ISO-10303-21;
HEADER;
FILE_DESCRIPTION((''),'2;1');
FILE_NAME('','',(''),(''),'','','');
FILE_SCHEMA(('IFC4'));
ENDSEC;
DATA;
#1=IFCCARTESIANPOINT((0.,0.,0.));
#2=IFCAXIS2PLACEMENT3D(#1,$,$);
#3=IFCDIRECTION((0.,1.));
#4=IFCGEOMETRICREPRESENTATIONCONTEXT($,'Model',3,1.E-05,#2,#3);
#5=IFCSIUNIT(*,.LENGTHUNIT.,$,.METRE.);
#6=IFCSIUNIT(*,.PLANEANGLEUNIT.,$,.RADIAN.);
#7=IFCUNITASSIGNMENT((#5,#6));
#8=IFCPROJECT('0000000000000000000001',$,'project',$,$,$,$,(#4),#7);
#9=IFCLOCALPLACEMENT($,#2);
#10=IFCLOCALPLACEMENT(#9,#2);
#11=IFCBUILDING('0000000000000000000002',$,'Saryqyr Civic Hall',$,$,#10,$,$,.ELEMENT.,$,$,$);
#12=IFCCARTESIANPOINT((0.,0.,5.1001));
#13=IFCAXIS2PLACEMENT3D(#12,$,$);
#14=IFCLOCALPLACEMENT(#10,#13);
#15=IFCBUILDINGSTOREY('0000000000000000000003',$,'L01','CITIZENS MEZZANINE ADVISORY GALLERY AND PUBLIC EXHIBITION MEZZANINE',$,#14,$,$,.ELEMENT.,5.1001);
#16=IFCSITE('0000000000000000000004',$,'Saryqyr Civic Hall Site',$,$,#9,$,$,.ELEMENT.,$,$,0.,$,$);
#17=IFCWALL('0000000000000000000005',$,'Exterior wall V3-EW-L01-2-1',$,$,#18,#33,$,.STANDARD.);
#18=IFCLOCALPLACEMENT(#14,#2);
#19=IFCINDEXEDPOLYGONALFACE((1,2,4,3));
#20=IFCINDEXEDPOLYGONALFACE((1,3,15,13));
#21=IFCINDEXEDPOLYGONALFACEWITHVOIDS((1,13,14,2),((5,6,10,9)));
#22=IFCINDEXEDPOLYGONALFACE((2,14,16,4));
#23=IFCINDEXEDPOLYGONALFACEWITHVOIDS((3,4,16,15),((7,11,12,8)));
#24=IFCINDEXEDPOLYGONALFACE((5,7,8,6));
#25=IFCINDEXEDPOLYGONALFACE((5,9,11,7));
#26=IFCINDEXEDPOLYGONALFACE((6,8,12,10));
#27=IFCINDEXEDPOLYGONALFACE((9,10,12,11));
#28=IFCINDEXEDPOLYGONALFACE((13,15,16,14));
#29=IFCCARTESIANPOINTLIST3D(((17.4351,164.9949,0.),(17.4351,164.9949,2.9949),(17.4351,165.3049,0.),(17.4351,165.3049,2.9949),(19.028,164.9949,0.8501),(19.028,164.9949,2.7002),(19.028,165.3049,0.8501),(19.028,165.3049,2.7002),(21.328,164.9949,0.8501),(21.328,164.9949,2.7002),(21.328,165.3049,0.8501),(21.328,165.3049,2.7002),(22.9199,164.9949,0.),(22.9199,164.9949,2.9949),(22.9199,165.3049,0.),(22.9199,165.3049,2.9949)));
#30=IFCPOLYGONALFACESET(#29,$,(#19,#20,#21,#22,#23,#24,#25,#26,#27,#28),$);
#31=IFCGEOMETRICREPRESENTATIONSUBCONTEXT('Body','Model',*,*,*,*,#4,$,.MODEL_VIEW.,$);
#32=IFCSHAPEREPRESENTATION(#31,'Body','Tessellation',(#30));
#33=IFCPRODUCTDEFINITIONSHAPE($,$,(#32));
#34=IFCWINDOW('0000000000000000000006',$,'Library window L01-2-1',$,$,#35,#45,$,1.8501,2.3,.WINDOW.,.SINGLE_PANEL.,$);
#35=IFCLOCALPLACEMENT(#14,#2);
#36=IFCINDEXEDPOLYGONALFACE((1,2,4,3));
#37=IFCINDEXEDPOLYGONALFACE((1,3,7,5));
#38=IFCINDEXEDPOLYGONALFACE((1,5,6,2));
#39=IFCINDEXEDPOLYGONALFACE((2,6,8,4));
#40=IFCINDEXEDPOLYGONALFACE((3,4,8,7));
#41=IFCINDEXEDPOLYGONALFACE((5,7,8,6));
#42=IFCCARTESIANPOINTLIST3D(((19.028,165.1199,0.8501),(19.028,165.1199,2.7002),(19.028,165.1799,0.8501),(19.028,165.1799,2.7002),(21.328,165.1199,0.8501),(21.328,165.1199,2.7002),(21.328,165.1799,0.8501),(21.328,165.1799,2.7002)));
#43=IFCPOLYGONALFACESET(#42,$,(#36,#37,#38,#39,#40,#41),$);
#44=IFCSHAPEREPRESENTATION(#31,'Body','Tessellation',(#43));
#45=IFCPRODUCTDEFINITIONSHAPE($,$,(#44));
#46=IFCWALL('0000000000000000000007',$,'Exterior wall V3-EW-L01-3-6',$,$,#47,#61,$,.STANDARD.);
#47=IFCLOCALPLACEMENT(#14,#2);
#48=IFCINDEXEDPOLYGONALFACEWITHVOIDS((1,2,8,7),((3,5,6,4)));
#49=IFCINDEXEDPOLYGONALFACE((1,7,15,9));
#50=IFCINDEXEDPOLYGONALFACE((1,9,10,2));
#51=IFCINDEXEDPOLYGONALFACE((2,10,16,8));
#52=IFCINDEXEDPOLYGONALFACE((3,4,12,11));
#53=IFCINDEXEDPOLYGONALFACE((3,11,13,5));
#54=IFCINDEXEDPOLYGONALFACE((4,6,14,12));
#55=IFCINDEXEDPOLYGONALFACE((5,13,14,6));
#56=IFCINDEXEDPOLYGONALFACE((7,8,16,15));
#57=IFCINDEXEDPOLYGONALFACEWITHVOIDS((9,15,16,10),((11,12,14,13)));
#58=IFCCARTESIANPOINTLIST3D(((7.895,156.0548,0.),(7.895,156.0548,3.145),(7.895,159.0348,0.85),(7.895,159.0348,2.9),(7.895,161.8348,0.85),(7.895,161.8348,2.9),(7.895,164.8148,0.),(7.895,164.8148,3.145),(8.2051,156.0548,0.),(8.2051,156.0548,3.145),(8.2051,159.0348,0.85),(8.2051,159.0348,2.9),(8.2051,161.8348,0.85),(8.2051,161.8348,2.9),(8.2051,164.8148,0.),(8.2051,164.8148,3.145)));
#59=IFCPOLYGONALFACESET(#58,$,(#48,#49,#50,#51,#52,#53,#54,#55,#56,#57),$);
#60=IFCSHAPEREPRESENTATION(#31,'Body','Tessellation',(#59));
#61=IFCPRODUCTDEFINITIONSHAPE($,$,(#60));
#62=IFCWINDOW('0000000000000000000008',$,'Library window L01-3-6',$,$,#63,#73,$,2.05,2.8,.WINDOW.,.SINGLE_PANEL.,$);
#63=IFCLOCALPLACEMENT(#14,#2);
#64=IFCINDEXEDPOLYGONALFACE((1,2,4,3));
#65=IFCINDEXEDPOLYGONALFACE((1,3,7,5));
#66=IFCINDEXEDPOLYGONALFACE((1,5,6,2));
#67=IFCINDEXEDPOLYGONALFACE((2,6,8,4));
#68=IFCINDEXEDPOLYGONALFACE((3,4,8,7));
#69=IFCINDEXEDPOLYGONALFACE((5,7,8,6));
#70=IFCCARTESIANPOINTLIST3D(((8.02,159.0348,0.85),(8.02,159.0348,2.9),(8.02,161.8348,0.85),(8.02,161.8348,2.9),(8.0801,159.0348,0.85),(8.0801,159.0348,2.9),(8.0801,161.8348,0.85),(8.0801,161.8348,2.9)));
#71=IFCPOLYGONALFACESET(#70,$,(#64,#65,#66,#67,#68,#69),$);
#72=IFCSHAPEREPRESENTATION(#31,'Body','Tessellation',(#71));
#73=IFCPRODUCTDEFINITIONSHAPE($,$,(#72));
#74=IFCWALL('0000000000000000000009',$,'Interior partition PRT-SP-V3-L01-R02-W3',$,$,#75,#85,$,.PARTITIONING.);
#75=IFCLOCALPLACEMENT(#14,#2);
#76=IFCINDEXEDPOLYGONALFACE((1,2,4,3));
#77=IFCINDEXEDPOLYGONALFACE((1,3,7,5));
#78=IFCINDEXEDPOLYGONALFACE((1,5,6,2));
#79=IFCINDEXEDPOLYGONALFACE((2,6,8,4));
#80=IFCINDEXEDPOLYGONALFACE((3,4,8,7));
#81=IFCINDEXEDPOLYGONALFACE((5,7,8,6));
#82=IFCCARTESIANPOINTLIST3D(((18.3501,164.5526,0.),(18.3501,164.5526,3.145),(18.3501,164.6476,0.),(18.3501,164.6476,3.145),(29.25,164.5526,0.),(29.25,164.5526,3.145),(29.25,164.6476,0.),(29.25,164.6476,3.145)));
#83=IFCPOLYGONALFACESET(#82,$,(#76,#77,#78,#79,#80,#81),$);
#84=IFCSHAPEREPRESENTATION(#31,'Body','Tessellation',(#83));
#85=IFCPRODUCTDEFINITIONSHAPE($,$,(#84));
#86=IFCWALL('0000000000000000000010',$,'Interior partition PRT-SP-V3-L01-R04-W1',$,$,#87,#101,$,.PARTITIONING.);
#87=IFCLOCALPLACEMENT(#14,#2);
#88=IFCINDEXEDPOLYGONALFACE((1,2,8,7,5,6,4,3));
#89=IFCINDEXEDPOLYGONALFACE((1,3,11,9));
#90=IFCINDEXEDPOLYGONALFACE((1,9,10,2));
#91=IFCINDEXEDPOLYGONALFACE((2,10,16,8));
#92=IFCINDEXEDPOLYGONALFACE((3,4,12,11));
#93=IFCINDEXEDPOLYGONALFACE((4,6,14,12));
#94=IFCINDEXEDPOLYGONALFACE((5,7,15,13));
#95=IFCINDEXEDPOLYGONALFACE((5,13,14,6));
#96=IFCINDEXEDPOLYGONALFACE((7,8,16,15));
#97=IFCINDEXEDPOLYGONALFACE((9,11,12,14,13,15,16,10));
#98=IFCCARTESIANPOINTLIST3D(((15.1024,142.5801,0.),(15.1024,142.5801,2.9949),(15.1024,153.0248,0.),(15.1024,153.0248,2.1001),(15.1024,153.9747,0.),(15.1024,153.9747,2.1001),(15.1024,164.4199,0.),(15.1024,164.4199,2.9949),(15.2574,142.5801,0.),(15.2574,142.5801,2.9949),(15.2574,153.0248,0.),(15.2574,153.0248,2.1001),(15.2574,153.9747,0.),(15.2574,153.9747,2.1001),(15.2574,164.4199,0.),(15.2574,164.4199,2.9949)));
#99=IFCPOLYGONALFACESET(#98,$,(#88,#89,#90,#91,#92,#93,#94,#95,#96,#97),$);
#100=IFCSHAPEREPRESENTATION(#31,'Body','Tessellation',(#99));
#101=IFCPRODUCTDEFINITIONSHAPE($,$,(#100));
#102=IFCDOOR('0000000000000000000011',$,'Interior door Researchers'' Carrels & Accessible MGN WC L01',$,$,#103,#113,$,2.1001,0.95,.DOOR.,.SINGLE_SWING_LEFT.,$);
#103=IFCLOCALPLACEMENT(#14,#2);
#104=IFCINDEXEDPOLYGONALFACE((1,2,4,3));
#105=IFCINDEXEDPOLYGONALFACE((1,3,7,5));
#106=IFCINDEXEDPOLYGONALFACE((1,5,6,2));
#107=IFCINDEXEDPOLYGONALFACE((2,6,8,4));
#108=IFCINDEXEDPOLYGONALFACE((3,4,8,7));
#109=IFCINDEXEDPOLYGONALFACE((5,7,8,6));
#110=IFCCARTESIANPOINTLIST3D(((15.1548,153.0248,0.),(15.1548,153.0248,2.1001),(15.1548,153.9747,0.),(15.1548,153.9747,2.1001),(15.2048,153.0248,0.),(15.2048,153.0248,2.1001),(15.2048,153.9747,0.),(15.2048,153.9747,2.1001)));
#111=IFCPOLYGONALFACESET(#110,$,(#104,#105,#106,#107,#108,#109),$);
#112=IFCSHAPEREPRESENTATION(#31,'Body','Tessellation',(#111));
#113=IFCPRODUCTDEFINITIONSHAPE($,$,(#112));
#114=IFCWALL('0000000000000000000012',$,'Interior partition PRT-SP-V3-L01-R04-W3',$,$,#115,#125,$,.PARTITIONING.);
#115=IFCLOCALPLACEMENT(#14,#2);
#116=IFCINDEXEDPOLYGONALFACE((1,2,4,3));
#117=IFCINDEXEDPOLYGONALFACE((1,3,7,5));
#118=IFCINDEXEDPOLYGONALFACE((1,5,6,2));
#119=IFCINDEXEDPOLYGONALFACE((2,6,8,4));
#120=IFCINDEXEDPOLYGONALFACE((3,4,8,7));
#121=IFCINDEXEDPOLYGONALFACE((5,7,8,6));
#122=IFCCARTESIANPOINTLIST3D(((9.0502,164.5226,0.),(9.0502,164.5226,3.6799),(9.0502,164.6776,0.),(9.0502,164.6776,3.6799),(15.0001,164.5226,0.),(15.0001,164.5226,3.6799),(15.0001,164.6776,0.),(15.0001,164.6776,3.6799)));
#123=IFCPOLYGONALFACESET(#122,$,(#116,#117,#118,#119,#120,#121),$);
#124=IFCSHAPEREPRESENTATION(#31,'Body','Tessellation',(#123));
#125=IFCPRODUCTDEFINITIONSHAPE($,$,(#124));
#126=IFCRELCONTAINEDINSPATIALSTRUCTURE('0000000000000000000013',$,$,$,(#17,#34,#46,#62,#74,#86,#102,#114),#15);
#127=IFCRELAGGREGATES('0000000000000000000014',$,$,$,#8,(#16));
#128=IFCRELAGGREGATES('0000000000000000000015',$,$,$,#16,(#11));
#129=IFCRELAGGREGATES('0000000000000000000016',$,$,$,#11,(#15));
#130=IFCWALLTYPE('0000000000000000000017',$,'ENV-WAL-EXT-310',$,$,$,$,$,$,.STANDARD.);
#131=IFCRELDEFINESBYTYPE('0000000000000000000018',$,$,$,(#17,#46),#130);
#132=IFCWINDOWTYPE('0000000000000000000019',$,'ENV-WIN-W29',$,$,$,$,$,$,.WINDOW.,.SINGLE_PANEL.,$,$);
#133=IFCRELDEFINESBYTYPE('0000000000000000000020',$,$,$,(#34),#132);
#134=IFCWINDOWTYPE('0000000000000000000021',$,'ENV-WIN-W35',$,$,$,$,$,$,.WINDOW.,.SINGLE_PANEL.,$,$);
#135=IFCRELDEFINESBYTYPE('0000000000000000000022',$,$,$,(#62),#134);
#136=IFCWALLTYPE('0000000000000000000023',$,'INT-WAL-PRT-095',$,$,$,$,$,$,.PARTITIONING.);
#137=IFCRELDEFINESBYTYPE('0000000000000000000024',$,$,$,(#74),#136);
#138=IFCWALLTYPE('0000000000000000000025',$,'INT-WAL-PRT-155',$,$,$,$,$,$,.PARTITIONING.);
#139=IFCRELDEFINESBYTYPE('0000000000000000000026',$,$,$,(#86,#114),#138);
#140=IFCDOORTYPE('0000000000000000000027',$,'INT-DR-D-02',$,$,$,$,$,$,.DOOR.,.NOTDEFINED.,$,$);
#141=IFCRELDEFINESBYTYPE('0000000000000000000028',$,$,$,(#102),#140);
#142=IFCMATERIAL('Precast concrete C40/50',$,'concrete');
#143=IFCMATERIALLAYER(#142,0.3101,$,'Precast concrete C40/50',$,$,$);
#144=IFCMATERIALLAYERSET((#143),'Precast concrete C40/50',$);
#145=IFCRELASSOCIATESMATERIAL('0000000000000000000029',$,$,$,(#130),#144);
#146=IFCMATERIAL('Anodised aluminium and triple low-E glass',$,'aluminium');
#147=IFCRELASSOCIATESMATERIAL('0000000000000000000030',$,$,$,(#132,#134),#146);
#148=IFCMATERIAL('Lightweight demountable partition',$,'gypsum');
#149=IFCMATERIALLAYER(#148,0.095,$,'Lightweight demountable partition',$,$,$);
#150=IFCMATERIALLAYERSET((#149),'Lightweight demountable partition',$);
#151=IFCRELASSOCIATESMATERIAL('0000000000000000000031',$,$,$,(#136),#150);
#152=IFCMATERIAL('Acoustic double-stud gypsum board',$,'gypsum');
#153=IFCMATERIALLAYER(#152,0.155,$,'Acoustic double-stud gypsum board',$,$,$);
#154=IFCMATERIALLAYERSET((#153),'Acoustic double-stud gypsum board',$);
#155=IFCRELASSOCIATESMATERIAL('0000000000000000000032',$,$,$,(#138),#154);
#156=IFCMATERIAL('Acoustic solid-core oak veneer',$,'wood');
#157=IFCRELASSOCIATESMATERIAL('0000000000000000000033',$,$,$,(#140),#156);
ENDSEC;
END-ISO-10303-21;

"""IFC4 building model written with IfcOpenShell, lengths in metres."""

from ifc_helpers import new_model, si_unit, direction, frame, frame_2d, origin, place, context, subcontext, project, spatial, rectangle, extrude, material, layer, layer_set, type_object, element, fill, save


model = new_model("IFC4")

# Units and contexts
model_context = context("Model", 3, precision=1e-05, world=origin(), true_north=direction((0.0, 1.0)))
body_context = subcontext(model_context, "Body", "Model", "MODEL_VIEW")
ifc_project = project(units=[si_unit("LENGTHUNIT", "METRE"), si_unit("PLANEANGLEUNIT", "RADIAN")], contexts=[model_context])

# Site, building, storey
site_placement = place(None, origin())
site = spatial("IfcSite", under=ifc_project, at=site_placement, Name="Saryqyr Civic Hall Site", CompositionType="ELEMENT", RefElevation=0.0)
building_placement = place(site_placement, origin())
building = spatial("IfcBuilding", under=site, at=building_placement, Name="Saryqyr Civic Hall", CompositionType="ELEMENT")
storey_placement = place(building_placement, frame((0.0, 0.0, 5.1001)))
storey = spatial("IfcBuildingStorey", under=building, at=storey_placement, Name="L01", Description="CITIZENS MEZZANINE ADVISORY GALLERY AND PUBLIC EXHIBITION MEZZANINE", CompositionType="ELEMENT", Elevation=5.1001)

# Walls, openings, windows
ifc_material_1 = material(Name="Precast concrete C40/50", Category="concrete")
ifc_layer_1 = layer(ifc_material_1, 0.3101, Name="Precast concrete C40/50")
ifc_layer_set_1 = layer_set([ifc_layer_1], Name="Precast concrete C40/50")
wall_type_1 = type_object("IfcWallType", Name="ENV-WAL-EXT-310", PredefinedType="STANDARD", material=ifc_layer_set_1)
ifc_material_2 = material(Name="Anodised aluminium and triple low-E glass", Category="aluminium")
wall_1_placement = place(storey_placement, frame((17.4351, 165.1499, 0.0), z_axis=(0.0, 0.0, 1.0), x_axis=(1.0, 0.0, 0.0)))
wall_1 = element("IfcWall", 1, at=wall_1_placement, inside=storey, type_object=wall_type_1, Name="Exterior wall V3-EW-L01-2-1", PredefinedType="STANDARD", context=body_context, shape_type="SweptSolid", body=[
    extrude(rectangle(XDim=5.4849, YDim=0.3101, at=frame_2d((2.7424, 0.0))), origin(), (0.0, 0.0, 1.0), 2.9949),
])
opening_1_placement = place(wall_1_placement, frame((1.593, 0.0, 0.8501)))
opening_1 = element("IfcOpeningElement", 2, at=opening_1_placement, cuts=wall_1, PredefinedType="OPENING", context=body_context, shape_type="SweptSolid", body=[
    extrude(rectangle(XDim=2.3, YDim=1.8501, at=frame_2d((1.1499, 0.925))), frame((0.0, 0.165, 0.0), z_axis=(0.0, -1.0, 0.0), x_axis=(1.0, 0.0, 0.0)), (0.0, 0.0, 1.0), 0.3301),
])
window_type_1 = type_object("IfcWindowType", Name="ENV-WIN-W29", PartitioningType="SINGLE_PANEL", PredefinedType="WINDOW", material=ifc_material_2)
window_1_placement = place(opening_1_placement, origin())
window_1 = element("IfcWindow", 3, at=window_1_placement, inside=storey, type_object=window_type_1, Name="Library window L01-2-1", OverallHeight=1.8501, OverallWidth=2.3, PartitioningType="SINGLE_PANEL", PredefinedType="WINDOW", context=body_context, shape_type="SweptSolid", body=[
    extrude(rectangle(XDim=2.3, YDim=1.8501, at=frame_2d((1.1499, 0.925))), frame((0.0, 0.03, 0.0), z_axis=(0.0, -1.0, 0.0), x_axis=(1.0, 0.0, 0.0)), (0.0, 0.0, 1.0), 0.0601),
])
fill(opening_1, window_1)
wall_2_placement = place(storey_placement, frame((8.05, 156.0549, 0.0), z_axis=(0.0, 0.0, 1.0), x_axis=(0.0, 1.0, 0.0)))
wall_2 = element("IfcWall", 4, at=wall_2_placement, inside=storey, type_object=wall_type_1, Name="Exterior wall V3-EW-L01-3-6", PredefinedType="STANDARD", context=body_context, shape_type="SweptSolid", body=[
    extrude(rectangle(XDim=8.76, YDim=0.3101, at=frame_2d((4.3799, 0.0))), origin(), (0.0, 0.0, 1.0), 3.145),
])
opening_2_placement = place(wall_2_placement, frame((2.98, 0.0, 0.8501)))
opening_2 = element("IfcOpeningElement", 5, at=opening_2_placement, cuts=wall_2, PredefinedType="OPENING", context=body_context, shape_type="SweptSolid", body=[
    extrude(rectangle(XDim=2.8, YDim=2.05, at=frame_2d((1.3999, 1.0249))), frame((0.0, 0.165, 0.0), z_axis=(0.0, -1.0, 0.0), x_axis=(1.0, 0.0, 0.0)), (0.0, 0.0, 1.0), 0.3301),
])
window_type_2 = type_object("IfcWindowType", Name="ENV-WIN-W35", PartitioningType="SINGLE_PANEL", PredefinedType="WINDOW", material=ifc_material_2)
window_2_placement = place(opening_2_placement, origin())
window_2 = element("IfcWindow", 6, at=window_2_placement, inside=storey, type_object=window_type_2, Name="Library window L01-3-6", OverallHeight=2.05, OverallWidth=2.8, PartitioningType="SINGLE_PANEL", PredefinedType="WINDOW", context=body_context, shape_type="SweptSolid", body=[
    extrude(rectangle(XDim=2.8, YDim=2.05, at=frame_2d((1.3999, 1.0249))), frame((0.0, 0.03, 0.0), z_axis=(0.0, -1.0, 0.0), x_axis=(1.0, 0.0, 0.0)), (0.0, 0.0, 1.0), 0.0601),
])
fill(opening_2, window_2)

# Wall
ifc_material_3 = material(Name="Lightweight demountable partition", Category="gypsum")
ifc_layer_2 = layer(ifc_material_3, 0.095, Name="Lightweight demountable partition")
ifc_layer_set_2 = layer_set([ifc_layer_2], Name="Lightweight demountable partition")
wall_type_2 = type_object("IfcWallType", Name="INT-WAL-PRT-095", PredefinedType="PARTITIONING", material=ifc_layer_set_2)
wall_3_placement = place(storey_placement, frame((18.3501, 164.6001, 0.0), z_axis=(0.0, 0.0, 1.0), x_axis=(1.0, 0.0, 0.0)))
element("IfcWall", 7, at=wall_3_placement, inside=storey, type_object=wall_type_2, Name="Interior partition PRT-SP-V3-L01-R02-W3", PredefinedType="PARTITIONING", context=body_context, shape_type="SweptSolid", body=[
    extrude(rectangle(XDim=10.8999, YDim=0.095, at=frame_2d((5.45, 0.0))), origin(), (0.0, 0.0, 1.0), 3.145),
])

# Wall, opening, door
ifc_material_4 = material(Name="Acoustic double-stud gypsum board", Category="gypsum")
ifc_layer_3 = layer(ifc_material_4, 0.155, Name="Acoustic double-stud gypsum board")
ifc_layer_set_3 = layer_set([ifc_layer_3], Name="Acoustic double-stud gypsum board")
wall_type_3 = type_object("IfcWallType", Name="INT-WAL-PRT-155", PredefinedType="PARTITIONING", material=ifc_layer_set_3)
wall_4_placement = place(storey_placement, frame((15.1799, 164.4199, 0.0), z_axis=(0.0, 0.0, 1.0), x_axis=(0.0, -1.0, 0.0)))
wall_4 = element("IfcWall", 8, at=wall_4_placement, inside=storey, type_object=wall_type_3, Name="Interior partition PRT-SP-V3-L01-R04-W1", PredefinedType="PARTITIONING", context=body_context, shape_type="SweptSolid", body=[
    extrude(rectangle(XDim=21.8398, YDim=0.155, at=frame_2d((10.9199, 0.0))), origin(), (0.0, 0.0, 1.0), 2.9949),
])
opening_3_placement = place(wall_4_placement, frame((10.4451, 0.0, 0.0)))
opening_3 = element("IfcOpeningElement", 9, at=opening_3_placement, cuts=wall_4, PredefinedType="OPENING", context=body_context, shape_type="SweptSolid", body=[
    extrude(rectangle(XDim=0.95, YDim=2.1001, at=frame_2d((0.4751, 1.05))), frame((0.0, 0.0874, 0.0), z_axis=(0.0, -1.0, 0.0), x_axis=(1.0, 0.0, 0.0)), (0.0, 0.0, 1.0), 0.175),
])
ifc_material_5 = material(Name="Acoustic solid-core oak veneer", Category="wood")
door_type = type_object("IfcDoorType", Name="INT-DR-D-02", OperationType="NOTDEFINED", PredefinedType="DOOR", material=ifc_material_5)
door_placement = place(opening_3_placement, origin())
door = element("IfcDoor", 10, at=door_placement, inside=storey, type_object=door_type, Name="Interior door Researchers' Carrels & Accessible MGN WC L01", OperationType="SINGLE_SWING_LEFT", OverallHeight=2.1001, OverallWidth=0.95, PredefinedType="DOOR", context=body_context, shape_type="SweptSolid", body=[
    extrude(rectangle(XDim=0.95, YDim=2.1001, at=frame_2d((0.4751, 1.05))), frame((0.0, 0.0249, 0.0), z_axis=(0.0, -1.0, 0.0), x_axis=(1.0, 0.0, 0.0)), (0.0, 0.0, 1.0), 0.05),
])
fill(opening_3, door)

# Wall
wall_5_placement = place(storey_placement, frame((9.05, 164.6001, 0.0), z_axis=(0.0, 0.0, 1.0), x_axis=(1.0, 0.0, 0.0)))
element("IfcWall", 11, at=wall_5_placement, inside=storey, type_object=wall_type_3, Name="Interior partition PRT-SP-V3-L01-R04-W3", PredefinedType="PARTITIONING", context=body_context, shape_type="SweptSolid", body=[
    extrude(rectangle(XDim=5.95, YDim=0.155, at=frame_2d((2.9751, 0.0))), origin(), (0.0, 0.0, 1.0), 3.6799),
])

save(model, "model.ifc")
